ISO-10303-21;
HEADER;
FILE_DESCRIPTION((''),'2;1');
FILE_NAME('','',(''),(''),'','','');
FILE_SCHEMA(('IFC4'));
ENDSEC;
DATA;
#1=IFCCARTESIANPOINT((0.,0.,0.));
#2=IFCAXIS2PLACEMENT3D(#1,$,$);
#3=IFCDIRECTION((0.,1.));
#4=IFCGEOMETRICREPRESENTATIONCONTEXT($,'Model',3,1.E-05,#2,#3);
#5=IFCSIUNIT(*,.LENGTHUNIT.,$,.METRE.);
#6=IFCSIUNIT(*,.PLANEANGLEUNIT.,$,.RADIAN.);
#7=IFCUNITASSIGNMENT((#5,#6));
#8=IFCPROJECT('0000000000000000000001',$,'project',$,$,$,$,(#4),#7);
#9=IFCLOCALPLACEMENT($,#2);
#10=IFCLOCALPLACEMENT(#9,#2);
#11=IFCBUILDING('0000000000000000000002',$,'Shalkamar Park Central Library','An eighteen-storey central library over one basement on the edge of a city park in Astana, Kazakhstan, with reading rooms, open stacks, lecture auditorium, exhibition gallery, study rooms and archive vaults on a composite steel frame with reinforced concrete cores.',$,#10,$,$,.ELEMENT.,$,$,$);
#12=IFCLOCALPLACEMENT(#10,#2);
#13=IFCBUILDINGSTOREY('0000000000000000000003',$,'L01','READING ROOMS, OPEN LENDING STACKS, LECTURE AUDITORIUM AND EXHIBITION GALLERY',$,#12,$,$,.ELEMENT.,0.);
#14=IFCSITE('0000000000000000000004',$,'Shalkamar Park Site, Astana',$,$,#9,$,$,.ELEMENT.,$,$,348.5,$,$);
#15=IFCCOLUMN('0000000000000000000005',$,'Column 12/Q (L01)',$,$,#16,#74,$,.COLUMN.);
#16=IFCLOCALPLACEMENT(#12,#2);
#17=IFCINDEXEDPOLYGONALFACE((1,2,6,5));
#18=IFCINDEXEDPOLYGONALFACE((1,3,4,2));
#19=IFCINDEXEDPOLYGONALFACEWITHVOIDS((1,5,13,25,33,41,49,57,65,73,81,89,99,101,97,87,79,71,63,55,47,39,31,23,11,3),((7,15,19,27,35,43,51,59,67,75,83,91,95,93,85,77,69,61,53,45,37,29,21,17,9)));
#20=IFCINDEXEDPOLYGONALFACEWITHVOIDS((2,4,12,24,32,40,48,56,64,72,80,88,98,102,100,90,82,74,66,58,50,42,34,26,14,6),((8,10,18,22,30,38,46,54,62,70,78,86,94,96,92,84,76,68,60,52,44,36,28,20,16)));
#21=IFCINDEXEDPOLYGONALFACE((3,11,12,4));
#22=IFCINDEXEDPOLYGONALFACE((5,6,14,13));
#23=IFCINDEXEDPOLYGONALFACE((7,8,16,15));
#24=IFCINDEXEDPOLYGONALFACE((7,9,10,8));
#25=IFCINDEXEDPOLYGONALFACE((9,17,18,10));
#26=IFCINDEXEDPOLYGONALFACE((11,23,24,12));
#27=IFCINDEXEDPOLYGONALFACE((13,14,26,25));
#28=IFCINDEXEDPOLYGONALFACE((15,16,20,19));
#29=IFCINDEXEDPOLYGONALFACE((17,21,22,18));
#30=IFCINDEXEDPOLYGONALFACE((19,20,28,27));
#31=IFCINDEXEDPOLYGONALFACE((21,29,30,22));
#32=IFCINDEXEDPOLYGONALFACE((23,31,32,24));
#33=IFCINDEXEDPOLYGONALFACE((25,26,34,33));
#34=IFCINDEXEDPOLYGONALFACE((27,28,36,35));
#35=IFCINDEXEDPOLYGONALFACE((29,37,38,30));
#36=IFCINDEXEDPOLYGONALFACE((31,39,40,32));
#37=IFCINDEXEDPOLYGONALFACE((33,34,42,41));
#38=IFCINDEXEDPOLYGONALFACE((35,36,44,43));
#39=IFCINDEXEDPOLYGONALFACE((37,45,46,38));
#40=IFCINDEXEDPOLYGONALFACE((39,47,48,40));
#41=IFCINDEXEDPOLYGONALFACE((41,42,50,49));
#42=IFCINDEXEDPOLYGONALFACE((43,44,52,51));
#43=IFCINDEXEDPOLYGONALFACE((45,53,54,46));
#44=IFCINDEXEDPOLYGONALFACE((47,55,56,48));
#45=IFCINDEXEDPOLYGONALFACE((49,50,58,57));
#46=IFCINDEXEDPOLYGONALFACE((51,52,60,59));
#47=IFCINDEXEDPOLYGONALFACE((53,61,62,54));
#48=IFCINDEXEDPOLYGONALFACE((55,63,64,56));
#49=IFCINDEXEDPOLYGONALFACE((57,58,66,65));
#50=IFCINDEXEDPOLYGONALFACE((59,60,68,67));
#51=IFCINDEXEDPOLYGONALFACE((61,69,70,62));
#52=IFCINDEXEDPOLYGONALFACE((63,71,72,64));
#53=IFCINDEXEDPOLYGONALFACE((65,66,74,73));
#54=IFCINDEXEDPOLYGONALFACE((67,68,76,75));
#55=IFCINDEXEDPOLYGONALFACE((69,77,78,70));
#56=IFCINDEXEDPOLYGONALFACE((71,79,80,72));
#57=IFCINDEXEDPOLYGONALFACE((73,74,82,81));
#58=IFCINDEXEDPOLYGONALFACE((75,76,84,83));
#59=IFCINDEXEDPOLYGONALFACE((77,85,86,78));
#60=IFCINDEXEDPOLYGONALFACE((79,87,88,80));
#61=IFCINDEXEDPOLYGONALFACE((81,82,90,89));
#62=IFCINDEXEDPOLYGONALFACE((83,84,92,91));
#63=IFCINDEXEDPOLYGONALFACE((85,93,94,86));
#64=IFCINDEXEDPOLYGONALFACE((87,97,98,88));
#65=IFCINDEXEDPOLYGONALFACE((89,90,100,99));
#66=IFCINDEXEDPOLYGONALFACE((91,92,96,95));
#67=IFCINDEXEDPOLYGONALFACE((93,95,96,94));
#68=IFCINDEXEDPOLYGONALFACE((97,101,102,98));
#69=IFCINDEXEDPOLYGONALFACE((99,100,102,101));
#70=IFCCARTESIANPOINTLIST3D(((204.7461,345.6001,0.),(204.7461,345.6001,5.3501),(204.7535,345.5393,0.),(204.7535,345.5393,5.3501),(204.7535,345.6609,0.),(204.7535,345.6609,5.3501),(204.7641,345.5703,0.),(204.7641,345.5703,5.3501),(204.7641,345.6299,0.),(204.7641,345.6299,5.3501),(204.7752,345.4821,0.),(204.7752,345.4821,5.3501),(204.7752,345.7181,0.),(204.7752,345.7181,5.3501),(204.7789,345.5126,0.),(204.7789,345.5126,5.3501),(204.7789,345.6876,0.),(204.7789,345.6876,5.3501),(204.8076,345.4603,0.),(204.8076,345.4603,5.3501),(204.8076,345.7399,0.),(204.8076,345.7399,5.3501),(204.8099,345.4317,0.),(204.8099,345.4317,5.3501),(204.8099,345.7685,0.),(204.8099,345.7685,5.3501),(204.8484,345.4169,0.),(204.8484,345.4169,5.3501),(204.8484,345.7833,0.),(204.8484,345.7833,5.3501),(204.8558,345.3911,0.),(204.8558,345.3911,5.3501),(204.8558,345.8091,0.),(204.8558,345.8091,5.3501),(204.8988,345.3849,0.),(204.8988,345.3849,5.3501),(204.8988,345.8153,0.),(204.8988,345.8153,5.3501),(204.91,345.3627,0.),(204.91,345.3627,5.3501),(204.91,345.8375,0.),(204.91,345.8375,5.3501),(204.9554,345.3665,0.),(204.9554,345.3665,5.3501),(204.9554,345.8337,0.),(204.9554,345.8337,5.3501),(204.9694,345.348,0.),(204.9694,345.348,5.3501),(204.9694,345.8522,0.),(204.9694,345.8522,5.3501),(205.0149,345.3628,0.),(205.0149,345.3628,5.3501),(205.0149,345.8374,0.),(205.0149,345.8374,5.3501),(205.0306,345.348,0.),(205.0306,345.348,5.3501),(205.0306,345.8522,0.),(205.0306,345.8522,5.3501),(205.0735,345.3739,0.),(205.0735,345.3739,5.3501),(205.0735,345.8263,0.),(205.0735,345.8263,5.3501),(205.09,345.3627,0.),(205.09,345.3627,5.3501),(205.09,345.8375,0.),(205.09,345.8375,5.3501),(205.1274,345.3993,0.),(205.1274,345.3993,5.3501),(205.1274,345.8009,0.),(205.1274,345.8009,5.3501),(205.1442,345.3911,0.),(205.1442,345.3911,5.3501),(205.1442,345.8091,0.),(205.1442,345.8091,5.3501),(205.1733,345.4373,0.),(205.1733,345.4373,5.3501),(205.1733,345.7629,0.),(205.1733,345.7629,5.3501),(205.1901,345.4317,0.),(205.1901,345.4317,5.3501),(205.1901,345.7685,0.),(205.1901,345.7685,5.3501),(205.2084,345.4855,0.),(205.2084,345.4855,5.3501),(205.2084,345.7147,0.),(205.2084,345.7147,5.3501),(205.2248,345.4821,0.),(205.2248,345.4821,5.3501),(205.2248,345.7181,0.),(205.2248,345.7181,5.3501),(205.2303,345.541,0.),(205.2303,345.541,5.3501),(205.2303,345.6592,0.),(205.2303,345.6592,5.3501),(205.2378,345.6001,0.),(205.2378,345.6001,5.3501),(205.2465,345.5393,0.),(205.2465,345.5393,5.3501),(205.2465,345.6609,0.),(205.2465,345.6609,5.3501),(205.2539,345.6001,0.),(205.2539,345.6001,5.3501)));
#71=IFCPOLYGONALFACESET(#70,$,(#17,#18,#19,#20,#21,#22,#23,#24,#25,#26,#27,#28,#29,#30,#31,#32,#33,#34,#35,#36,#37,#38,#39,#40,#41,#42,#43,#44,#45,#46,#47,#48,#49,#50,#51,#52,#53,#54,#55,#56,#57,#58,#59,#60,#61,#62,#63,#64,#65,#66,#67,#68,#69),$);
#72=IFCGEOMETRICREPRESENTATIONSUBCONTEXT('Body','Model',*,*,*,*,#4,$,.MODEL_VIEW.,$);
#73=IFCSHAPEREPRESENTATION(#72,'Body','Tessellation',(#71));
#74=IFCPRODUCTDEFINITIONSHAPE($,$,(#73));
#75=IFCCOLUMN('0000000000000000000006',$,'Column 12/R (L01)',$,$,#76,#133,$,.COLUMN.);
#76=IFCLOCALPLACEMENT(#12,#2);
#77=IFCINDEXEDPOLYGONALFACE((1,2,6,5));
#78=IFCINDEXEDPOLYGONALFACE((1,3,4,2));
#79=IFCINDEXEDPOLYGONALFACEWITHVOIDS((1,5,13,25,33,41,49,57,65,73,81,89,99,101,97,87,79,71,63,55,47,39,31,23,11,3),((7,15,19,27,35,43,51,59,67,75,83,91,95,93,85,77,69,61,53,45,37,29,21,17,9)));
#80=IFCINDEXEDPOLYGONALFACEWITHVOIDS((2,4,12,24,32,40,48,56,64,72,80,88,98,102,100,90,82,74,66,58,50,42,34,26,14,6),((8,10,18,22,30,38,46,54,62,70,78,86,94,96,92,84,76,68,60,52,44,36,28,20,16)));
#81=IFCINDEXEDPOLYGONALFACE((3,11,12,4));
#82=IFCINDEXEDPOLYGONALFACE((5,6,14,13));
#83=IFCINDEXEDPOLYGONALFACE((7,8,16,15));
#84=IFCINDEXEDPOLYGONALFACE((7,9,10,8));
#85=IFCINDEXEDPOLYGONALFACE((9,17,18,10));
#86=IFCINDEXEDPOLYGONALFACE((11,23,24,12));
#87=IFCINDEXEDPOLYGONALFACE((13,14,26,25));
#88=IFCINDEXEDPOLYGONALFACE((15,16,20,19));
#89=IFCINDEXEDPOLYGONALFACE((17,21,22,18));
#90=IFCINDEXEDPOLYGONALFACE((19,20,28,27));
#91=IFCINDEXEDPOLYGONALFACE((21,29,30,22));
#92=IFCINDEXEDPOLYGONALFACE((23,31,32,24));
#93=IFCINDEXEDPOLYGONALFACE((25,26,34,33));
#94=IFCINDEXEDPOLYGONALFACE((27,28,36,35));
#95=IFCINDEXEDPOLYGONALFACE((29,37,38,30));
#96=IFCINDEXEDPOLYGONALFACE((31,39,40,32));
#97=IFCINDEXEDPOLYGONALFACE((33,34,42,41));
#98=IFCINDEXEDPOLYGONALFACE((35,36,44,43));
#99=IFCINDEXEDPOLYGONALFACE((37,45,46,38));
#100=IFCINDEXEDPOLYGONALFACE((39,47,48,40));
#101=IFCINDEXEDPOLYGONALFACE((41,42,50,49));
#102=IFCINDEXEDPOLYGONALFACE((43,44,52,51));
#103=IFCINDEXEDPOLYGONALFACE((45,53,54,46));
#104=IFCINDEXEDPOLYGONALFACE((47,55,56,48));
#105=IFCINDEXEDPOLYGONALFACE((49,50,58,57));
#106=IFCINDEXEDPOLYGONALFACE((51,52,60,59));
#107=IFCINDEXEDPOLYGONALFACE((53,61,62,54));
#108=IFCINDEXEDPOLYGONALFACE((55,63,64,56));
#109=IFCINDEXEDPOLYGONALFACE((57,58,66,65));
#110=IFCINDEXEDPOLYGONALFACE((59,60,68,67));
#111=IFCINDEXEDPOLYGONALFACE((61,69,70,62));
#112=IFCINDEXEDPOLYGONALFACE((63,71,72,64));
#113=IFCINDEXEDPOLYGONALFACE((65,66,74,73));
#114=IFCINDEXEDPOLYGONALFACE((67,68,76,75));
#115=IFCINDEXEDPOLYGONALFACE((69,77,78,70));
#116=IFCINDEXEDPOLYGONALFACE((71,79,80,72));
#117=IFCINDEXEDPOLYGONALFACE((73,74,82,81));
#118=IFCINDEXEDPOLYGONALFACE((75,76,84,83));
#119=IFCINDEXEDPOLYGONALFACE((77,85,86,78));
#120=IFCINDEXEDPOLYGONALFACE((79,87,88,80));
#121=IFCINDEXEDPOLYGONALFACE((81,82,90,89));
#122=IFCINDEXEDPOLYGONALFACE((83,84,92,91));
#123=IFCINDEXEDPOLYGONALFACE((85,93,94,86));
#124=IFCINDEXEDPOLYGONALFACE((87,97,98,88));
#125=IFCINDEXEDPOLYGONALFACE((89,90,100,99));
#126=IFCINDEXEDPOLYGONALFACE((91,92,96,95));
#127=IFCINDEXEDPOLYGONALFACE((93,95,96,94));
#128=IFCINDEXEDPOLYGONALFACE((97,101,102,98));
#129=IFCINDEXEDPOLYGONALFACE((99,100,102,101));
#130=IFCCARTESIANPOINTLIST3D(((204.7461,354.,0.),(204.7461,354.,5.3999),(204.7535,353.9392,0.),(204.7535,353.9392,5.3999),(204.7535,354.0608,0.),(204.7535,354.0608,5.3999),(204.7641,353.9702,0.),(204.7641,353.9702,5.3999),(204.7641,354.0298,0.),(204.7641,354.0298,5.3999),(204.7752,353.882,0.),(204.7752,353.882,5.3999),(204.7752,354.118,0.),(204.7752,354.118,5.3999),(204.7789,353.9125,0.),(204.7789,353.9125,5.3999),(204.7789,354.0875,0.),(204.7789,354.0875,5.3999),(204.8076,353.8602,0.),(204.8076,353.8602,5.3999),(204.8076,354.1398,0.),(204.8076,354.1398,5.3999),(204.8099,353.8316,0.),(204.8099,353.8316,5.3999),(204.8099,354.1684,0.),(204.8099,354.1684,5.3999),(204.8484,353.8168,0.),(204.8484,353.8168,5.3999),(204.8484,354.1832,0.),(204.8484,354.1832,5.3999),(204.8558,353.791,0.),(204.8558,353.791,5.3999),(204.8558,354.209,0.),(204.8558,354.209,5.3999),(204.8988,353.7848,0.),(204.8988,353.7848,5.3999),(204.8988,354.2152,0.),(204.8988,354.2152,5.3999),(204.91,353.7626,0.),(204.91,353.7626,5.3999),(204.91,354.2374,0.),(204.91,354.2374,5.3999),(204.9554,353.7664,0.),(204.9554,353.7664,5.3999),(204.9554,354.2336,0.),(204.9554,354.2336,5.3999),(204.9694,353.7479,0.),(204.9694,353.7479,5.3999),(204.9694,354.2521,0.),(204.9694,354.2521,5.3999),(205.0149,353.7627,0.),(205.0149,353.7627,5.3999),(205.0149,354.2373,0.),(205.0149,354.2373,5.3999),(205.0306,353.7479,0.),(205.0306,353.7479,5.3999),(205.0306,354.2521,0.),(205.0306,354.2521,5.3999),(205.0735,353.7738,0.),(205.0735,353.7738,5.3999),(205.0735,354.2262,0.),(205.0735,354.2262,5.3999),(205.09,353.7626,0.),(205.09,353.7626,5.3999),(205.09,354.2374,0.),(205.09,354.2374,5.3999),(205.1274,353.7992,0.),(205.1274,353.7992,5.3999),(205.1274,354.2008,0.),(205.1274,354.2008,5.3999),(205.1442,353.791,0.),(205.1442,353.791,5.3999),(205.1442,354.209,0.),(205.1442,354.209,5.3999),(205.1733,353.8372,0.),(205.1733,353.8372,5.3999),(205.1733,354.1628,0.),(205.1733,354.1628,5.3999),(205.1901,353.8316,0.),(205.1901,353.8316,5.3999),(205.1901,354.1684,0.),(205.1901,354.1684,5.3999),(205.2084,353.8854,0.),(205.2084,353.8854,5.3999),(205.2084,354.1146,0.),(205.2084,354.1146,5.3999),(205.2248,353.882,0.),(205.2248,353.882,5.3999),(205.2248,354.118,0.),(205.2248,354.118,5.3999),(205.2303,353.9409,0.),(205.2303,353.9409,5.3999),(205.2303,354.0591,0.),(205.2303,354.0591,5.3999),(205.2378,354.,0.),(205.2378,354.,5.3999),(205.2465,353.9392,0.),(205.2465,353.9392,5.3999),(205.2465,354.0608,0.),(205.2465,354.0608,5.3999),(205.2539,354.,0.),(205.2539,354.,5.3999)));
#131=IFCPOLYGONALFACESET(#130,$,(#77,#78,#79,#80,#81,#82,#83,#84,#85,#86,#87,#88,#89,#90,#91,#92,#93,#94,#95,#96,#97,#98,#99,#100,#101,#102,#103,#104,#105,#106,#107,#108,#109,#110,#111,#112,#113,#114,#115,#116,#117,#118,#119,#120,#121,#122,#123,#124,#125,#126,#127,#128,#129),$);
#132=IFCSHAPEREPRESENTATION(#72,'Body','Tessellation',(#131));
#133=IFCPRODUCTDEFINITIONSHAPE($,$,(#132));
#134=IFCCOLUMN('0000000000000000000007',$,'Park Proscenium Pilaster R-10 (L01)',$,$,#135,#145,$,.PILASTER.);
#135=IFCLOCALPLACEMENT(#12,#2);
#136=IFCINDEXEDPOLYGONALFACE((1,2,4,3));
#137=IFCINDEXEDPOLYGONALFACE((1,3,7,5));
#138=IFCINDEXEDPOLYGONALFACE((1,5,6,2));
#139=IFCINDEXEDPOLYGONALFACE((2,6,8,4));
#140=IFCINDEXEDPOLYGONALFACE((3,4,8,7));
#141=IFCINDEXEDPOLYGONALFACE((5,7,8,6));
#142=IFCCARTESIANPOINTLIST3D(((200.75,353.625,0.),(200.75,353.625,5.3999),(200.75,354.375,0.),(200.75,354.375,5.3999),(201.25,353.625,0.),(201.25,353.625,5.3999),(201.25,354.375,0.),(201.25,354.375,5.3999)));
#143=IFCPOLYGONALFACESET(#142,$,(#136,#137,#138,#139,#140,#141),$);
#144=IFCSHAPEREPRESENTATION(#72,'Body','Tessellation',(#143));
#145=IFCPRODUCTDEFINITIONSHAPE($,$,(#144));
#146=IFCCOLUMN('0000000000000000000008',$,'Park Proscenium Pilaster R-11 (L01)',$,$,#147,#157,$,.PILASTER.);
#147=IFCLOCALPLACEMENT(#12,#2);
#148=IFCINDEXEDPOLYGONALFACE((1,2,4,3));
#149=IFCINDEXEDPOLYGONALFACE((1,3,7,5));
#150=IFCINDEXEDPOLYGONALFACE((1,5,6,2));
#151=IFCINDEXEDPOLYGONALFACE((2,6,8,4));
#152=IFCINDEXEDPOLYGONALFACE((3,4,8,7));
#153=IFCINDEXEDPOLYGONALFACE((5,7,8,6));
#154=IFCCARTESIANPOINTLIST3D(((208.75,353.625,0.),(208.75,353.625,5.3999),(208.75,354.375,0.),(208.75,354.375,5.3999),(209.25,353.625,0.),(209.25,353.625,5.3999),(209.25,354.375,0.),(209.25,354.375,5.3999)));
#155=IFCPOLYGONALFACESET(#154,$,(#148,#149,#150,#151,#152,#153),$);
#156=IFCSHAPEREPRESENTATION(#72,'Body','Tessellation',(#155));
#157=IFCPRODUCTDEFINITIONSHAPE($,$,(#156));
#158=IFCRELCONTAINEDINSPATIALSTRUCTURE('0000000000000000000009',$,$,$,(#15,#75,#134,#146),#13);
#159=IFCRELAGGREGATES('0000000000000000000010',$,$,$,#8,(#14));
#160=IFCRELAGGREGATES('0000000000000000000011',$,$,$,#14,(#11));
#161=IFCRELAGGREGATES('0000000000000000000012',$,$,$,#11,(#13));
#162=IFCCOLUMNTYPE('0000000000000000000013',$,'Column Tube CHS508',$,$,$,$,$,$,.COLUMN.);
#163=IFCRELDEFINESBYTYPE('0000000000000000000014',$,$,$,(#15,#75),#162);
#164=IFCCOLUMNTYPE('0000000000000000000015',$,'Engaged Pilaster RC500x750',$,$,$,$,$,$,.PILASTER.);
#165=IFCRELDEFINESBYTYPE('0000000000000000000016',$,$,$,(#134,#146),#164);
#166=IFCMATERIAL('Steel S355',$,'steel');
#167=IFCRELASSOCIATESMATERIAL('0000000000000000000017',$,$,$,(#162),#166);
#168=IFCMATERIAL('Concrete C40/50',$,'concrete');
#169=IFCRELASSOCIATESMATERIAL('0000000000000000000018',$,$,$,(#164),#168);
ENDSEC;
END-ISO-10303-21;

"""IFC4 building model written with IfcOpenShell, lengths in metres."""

from ifc_helpers import new_model, si_unit, direction, frame, origin, origin_2d, place, context, subcontext, project, spatial, rectangle, hollow_circle, extrude, material, material_profile, profile_set, type_object, element, save


model = new_model("IFC4")

# Units and contexts
model_context = context("Model", 3, precision=1e-05, world=origin(), true_north=direction((0.0, 1.0)))
body_context = subcontext(model_context, "Body", "Model", "MODEL_VIEW")
ifc_project = project(units=[si_unit("LENGTHUNIT", "METRE"), si_unit("PLANEANGLEUNIT", "RADIAN")], contexts=[model_context])

# Site, building, storey
site_placement = place(None, origin())
site = spatial("IfcSite", under=ifc_project, at=site_placement, Name="Shalkamar Park Site, Astana", CompositionType="ELEMENT", RefElevation=348.5)
building_placement = place(site_placement, origin())
building = spatial("IfcBuilding", under=site, at=building_placement, Name="Shalkamar Park Central Library", Description="An eighteen-storey central library over one basement on the edge of a city park in Astana, Kazakhstan, with reading rooms, open stacks, lecture auditorium, exhibition gallery, study rooms and archive vaults on a composite steel frame with reinforced concrete cores.", CompositionType="ELEMENT")
storey_placement = place(building_placement, origin())
storey = spatial("IfcBuildingStorey", under=building, at=storey_placement, Name="L01", Description="READING ROOMS, OPEN LENDING STACKS, LECTURE AUDITORIUM AND EXHIBITION GALLERY", CompositionType="ELEMENT", Elevation=0.0)

# Columns
ifc_material_1 = material(Name="Steel S355", Category="steel")
ifc_material_profile_1 = material_profile(ifc_material_1, hollow_circle(Radius=0.2539, WallThickness=0.0161, at=origin_2d()), Name="CHS 508x16")
ifc_profile_set_1 = profile_set([ifc_material_profile_1], Name="Steel S355")
column_type_1 = type_object("IfcColumnType", Name="Column Tube CHS508", PredefinedType="COLUMN", material=ifc_profile_set_1)
column_1_placement = place(storey_placement, frame((205.0, 345.6001, 0.0), z_axis=(0.0, 0.0, 1.0), x_axis=(1.0, 0.0, 0.0)))
element("IfcColumn", 1, at=column_1_placement, inside=storey, type_object=column_type_1, Name="Column 12/Q (L01)", PredefinedType="COLUMN", context=body_context, shape_type="SweptSolid", body=[
    extrude(hollow_circle(Radius=0.2539, WallThickness=0.0161, at=origin_2d()), origin(), (0.0, 0.0, 1.0), 5.3501),
])
column_2_placement = place(storey_placement, frame((205.0, 354.0, 0.0), z_axis=(0.0, 0.0, 1.0), x_axis=(1.0, 0.0, 0.0)))
element("IfcColumn", 2, at=column_2_placement, inside=storey, type_object=column_type_1, Name="Column 12/R (L01)", PredefinedType="COLUMN", context=body_context, shape_type="SweptSolid", body=[
    extrude(hollow_circle(Radius=0.2539, WallThickness=0.0161, at=origin_2d()), origin(), (0.0, 0.0, 1.0), 5.3999),
])
ifc_material_2 = material(Name="Concrete C40/50", Category="concrete")
ifc_material_profile_2 = material_profile(ifc_material_2, rectangle(XDim=0.5, YDim=0.75, at=origin_2d()), Name="RC 500x750")
ifc_profile_set_2 = profile_set([ifc_material_profile_2], Name="Concrete C40/50")
column_type_2 = type_object("IfcColumnType", Name="Engaged Pilaster RC500x750", PredefinedType="PILASTER", material=ifc_profile_set_2)
for number, where, z_axis, x_axis, name in (
    (3, (201.0, 354.0, 0.0), (0.0, 0.0, 1.0), (1.0, 0.0, 0.0), "Park Proscenium Pilaster R-10 (L01)"),
    (4, (209.0, 354.0, 0.0), (0.0, 0.0, 1.0), (1.0, 0.0, 0.0), "Park Proscenium Pilaster R-11 (L01)"),
):
    element("IfcColumn", number, at=place(storey_placement, frame(where, z_axis=z_axis, x_axis=x_axis)), inside=storey, type_object=column_type_2, Name=name, PredefinedType="PILASTER", context=body_context, shape_type="SweptSolid", body=[
        extrude(rectangle(XDim=0.5, YDim=0.75, at=origin_2d()), origin(), (0.0, 0.0, 1.0), 5.3999),
    ])

save(model, "model.ifc")
